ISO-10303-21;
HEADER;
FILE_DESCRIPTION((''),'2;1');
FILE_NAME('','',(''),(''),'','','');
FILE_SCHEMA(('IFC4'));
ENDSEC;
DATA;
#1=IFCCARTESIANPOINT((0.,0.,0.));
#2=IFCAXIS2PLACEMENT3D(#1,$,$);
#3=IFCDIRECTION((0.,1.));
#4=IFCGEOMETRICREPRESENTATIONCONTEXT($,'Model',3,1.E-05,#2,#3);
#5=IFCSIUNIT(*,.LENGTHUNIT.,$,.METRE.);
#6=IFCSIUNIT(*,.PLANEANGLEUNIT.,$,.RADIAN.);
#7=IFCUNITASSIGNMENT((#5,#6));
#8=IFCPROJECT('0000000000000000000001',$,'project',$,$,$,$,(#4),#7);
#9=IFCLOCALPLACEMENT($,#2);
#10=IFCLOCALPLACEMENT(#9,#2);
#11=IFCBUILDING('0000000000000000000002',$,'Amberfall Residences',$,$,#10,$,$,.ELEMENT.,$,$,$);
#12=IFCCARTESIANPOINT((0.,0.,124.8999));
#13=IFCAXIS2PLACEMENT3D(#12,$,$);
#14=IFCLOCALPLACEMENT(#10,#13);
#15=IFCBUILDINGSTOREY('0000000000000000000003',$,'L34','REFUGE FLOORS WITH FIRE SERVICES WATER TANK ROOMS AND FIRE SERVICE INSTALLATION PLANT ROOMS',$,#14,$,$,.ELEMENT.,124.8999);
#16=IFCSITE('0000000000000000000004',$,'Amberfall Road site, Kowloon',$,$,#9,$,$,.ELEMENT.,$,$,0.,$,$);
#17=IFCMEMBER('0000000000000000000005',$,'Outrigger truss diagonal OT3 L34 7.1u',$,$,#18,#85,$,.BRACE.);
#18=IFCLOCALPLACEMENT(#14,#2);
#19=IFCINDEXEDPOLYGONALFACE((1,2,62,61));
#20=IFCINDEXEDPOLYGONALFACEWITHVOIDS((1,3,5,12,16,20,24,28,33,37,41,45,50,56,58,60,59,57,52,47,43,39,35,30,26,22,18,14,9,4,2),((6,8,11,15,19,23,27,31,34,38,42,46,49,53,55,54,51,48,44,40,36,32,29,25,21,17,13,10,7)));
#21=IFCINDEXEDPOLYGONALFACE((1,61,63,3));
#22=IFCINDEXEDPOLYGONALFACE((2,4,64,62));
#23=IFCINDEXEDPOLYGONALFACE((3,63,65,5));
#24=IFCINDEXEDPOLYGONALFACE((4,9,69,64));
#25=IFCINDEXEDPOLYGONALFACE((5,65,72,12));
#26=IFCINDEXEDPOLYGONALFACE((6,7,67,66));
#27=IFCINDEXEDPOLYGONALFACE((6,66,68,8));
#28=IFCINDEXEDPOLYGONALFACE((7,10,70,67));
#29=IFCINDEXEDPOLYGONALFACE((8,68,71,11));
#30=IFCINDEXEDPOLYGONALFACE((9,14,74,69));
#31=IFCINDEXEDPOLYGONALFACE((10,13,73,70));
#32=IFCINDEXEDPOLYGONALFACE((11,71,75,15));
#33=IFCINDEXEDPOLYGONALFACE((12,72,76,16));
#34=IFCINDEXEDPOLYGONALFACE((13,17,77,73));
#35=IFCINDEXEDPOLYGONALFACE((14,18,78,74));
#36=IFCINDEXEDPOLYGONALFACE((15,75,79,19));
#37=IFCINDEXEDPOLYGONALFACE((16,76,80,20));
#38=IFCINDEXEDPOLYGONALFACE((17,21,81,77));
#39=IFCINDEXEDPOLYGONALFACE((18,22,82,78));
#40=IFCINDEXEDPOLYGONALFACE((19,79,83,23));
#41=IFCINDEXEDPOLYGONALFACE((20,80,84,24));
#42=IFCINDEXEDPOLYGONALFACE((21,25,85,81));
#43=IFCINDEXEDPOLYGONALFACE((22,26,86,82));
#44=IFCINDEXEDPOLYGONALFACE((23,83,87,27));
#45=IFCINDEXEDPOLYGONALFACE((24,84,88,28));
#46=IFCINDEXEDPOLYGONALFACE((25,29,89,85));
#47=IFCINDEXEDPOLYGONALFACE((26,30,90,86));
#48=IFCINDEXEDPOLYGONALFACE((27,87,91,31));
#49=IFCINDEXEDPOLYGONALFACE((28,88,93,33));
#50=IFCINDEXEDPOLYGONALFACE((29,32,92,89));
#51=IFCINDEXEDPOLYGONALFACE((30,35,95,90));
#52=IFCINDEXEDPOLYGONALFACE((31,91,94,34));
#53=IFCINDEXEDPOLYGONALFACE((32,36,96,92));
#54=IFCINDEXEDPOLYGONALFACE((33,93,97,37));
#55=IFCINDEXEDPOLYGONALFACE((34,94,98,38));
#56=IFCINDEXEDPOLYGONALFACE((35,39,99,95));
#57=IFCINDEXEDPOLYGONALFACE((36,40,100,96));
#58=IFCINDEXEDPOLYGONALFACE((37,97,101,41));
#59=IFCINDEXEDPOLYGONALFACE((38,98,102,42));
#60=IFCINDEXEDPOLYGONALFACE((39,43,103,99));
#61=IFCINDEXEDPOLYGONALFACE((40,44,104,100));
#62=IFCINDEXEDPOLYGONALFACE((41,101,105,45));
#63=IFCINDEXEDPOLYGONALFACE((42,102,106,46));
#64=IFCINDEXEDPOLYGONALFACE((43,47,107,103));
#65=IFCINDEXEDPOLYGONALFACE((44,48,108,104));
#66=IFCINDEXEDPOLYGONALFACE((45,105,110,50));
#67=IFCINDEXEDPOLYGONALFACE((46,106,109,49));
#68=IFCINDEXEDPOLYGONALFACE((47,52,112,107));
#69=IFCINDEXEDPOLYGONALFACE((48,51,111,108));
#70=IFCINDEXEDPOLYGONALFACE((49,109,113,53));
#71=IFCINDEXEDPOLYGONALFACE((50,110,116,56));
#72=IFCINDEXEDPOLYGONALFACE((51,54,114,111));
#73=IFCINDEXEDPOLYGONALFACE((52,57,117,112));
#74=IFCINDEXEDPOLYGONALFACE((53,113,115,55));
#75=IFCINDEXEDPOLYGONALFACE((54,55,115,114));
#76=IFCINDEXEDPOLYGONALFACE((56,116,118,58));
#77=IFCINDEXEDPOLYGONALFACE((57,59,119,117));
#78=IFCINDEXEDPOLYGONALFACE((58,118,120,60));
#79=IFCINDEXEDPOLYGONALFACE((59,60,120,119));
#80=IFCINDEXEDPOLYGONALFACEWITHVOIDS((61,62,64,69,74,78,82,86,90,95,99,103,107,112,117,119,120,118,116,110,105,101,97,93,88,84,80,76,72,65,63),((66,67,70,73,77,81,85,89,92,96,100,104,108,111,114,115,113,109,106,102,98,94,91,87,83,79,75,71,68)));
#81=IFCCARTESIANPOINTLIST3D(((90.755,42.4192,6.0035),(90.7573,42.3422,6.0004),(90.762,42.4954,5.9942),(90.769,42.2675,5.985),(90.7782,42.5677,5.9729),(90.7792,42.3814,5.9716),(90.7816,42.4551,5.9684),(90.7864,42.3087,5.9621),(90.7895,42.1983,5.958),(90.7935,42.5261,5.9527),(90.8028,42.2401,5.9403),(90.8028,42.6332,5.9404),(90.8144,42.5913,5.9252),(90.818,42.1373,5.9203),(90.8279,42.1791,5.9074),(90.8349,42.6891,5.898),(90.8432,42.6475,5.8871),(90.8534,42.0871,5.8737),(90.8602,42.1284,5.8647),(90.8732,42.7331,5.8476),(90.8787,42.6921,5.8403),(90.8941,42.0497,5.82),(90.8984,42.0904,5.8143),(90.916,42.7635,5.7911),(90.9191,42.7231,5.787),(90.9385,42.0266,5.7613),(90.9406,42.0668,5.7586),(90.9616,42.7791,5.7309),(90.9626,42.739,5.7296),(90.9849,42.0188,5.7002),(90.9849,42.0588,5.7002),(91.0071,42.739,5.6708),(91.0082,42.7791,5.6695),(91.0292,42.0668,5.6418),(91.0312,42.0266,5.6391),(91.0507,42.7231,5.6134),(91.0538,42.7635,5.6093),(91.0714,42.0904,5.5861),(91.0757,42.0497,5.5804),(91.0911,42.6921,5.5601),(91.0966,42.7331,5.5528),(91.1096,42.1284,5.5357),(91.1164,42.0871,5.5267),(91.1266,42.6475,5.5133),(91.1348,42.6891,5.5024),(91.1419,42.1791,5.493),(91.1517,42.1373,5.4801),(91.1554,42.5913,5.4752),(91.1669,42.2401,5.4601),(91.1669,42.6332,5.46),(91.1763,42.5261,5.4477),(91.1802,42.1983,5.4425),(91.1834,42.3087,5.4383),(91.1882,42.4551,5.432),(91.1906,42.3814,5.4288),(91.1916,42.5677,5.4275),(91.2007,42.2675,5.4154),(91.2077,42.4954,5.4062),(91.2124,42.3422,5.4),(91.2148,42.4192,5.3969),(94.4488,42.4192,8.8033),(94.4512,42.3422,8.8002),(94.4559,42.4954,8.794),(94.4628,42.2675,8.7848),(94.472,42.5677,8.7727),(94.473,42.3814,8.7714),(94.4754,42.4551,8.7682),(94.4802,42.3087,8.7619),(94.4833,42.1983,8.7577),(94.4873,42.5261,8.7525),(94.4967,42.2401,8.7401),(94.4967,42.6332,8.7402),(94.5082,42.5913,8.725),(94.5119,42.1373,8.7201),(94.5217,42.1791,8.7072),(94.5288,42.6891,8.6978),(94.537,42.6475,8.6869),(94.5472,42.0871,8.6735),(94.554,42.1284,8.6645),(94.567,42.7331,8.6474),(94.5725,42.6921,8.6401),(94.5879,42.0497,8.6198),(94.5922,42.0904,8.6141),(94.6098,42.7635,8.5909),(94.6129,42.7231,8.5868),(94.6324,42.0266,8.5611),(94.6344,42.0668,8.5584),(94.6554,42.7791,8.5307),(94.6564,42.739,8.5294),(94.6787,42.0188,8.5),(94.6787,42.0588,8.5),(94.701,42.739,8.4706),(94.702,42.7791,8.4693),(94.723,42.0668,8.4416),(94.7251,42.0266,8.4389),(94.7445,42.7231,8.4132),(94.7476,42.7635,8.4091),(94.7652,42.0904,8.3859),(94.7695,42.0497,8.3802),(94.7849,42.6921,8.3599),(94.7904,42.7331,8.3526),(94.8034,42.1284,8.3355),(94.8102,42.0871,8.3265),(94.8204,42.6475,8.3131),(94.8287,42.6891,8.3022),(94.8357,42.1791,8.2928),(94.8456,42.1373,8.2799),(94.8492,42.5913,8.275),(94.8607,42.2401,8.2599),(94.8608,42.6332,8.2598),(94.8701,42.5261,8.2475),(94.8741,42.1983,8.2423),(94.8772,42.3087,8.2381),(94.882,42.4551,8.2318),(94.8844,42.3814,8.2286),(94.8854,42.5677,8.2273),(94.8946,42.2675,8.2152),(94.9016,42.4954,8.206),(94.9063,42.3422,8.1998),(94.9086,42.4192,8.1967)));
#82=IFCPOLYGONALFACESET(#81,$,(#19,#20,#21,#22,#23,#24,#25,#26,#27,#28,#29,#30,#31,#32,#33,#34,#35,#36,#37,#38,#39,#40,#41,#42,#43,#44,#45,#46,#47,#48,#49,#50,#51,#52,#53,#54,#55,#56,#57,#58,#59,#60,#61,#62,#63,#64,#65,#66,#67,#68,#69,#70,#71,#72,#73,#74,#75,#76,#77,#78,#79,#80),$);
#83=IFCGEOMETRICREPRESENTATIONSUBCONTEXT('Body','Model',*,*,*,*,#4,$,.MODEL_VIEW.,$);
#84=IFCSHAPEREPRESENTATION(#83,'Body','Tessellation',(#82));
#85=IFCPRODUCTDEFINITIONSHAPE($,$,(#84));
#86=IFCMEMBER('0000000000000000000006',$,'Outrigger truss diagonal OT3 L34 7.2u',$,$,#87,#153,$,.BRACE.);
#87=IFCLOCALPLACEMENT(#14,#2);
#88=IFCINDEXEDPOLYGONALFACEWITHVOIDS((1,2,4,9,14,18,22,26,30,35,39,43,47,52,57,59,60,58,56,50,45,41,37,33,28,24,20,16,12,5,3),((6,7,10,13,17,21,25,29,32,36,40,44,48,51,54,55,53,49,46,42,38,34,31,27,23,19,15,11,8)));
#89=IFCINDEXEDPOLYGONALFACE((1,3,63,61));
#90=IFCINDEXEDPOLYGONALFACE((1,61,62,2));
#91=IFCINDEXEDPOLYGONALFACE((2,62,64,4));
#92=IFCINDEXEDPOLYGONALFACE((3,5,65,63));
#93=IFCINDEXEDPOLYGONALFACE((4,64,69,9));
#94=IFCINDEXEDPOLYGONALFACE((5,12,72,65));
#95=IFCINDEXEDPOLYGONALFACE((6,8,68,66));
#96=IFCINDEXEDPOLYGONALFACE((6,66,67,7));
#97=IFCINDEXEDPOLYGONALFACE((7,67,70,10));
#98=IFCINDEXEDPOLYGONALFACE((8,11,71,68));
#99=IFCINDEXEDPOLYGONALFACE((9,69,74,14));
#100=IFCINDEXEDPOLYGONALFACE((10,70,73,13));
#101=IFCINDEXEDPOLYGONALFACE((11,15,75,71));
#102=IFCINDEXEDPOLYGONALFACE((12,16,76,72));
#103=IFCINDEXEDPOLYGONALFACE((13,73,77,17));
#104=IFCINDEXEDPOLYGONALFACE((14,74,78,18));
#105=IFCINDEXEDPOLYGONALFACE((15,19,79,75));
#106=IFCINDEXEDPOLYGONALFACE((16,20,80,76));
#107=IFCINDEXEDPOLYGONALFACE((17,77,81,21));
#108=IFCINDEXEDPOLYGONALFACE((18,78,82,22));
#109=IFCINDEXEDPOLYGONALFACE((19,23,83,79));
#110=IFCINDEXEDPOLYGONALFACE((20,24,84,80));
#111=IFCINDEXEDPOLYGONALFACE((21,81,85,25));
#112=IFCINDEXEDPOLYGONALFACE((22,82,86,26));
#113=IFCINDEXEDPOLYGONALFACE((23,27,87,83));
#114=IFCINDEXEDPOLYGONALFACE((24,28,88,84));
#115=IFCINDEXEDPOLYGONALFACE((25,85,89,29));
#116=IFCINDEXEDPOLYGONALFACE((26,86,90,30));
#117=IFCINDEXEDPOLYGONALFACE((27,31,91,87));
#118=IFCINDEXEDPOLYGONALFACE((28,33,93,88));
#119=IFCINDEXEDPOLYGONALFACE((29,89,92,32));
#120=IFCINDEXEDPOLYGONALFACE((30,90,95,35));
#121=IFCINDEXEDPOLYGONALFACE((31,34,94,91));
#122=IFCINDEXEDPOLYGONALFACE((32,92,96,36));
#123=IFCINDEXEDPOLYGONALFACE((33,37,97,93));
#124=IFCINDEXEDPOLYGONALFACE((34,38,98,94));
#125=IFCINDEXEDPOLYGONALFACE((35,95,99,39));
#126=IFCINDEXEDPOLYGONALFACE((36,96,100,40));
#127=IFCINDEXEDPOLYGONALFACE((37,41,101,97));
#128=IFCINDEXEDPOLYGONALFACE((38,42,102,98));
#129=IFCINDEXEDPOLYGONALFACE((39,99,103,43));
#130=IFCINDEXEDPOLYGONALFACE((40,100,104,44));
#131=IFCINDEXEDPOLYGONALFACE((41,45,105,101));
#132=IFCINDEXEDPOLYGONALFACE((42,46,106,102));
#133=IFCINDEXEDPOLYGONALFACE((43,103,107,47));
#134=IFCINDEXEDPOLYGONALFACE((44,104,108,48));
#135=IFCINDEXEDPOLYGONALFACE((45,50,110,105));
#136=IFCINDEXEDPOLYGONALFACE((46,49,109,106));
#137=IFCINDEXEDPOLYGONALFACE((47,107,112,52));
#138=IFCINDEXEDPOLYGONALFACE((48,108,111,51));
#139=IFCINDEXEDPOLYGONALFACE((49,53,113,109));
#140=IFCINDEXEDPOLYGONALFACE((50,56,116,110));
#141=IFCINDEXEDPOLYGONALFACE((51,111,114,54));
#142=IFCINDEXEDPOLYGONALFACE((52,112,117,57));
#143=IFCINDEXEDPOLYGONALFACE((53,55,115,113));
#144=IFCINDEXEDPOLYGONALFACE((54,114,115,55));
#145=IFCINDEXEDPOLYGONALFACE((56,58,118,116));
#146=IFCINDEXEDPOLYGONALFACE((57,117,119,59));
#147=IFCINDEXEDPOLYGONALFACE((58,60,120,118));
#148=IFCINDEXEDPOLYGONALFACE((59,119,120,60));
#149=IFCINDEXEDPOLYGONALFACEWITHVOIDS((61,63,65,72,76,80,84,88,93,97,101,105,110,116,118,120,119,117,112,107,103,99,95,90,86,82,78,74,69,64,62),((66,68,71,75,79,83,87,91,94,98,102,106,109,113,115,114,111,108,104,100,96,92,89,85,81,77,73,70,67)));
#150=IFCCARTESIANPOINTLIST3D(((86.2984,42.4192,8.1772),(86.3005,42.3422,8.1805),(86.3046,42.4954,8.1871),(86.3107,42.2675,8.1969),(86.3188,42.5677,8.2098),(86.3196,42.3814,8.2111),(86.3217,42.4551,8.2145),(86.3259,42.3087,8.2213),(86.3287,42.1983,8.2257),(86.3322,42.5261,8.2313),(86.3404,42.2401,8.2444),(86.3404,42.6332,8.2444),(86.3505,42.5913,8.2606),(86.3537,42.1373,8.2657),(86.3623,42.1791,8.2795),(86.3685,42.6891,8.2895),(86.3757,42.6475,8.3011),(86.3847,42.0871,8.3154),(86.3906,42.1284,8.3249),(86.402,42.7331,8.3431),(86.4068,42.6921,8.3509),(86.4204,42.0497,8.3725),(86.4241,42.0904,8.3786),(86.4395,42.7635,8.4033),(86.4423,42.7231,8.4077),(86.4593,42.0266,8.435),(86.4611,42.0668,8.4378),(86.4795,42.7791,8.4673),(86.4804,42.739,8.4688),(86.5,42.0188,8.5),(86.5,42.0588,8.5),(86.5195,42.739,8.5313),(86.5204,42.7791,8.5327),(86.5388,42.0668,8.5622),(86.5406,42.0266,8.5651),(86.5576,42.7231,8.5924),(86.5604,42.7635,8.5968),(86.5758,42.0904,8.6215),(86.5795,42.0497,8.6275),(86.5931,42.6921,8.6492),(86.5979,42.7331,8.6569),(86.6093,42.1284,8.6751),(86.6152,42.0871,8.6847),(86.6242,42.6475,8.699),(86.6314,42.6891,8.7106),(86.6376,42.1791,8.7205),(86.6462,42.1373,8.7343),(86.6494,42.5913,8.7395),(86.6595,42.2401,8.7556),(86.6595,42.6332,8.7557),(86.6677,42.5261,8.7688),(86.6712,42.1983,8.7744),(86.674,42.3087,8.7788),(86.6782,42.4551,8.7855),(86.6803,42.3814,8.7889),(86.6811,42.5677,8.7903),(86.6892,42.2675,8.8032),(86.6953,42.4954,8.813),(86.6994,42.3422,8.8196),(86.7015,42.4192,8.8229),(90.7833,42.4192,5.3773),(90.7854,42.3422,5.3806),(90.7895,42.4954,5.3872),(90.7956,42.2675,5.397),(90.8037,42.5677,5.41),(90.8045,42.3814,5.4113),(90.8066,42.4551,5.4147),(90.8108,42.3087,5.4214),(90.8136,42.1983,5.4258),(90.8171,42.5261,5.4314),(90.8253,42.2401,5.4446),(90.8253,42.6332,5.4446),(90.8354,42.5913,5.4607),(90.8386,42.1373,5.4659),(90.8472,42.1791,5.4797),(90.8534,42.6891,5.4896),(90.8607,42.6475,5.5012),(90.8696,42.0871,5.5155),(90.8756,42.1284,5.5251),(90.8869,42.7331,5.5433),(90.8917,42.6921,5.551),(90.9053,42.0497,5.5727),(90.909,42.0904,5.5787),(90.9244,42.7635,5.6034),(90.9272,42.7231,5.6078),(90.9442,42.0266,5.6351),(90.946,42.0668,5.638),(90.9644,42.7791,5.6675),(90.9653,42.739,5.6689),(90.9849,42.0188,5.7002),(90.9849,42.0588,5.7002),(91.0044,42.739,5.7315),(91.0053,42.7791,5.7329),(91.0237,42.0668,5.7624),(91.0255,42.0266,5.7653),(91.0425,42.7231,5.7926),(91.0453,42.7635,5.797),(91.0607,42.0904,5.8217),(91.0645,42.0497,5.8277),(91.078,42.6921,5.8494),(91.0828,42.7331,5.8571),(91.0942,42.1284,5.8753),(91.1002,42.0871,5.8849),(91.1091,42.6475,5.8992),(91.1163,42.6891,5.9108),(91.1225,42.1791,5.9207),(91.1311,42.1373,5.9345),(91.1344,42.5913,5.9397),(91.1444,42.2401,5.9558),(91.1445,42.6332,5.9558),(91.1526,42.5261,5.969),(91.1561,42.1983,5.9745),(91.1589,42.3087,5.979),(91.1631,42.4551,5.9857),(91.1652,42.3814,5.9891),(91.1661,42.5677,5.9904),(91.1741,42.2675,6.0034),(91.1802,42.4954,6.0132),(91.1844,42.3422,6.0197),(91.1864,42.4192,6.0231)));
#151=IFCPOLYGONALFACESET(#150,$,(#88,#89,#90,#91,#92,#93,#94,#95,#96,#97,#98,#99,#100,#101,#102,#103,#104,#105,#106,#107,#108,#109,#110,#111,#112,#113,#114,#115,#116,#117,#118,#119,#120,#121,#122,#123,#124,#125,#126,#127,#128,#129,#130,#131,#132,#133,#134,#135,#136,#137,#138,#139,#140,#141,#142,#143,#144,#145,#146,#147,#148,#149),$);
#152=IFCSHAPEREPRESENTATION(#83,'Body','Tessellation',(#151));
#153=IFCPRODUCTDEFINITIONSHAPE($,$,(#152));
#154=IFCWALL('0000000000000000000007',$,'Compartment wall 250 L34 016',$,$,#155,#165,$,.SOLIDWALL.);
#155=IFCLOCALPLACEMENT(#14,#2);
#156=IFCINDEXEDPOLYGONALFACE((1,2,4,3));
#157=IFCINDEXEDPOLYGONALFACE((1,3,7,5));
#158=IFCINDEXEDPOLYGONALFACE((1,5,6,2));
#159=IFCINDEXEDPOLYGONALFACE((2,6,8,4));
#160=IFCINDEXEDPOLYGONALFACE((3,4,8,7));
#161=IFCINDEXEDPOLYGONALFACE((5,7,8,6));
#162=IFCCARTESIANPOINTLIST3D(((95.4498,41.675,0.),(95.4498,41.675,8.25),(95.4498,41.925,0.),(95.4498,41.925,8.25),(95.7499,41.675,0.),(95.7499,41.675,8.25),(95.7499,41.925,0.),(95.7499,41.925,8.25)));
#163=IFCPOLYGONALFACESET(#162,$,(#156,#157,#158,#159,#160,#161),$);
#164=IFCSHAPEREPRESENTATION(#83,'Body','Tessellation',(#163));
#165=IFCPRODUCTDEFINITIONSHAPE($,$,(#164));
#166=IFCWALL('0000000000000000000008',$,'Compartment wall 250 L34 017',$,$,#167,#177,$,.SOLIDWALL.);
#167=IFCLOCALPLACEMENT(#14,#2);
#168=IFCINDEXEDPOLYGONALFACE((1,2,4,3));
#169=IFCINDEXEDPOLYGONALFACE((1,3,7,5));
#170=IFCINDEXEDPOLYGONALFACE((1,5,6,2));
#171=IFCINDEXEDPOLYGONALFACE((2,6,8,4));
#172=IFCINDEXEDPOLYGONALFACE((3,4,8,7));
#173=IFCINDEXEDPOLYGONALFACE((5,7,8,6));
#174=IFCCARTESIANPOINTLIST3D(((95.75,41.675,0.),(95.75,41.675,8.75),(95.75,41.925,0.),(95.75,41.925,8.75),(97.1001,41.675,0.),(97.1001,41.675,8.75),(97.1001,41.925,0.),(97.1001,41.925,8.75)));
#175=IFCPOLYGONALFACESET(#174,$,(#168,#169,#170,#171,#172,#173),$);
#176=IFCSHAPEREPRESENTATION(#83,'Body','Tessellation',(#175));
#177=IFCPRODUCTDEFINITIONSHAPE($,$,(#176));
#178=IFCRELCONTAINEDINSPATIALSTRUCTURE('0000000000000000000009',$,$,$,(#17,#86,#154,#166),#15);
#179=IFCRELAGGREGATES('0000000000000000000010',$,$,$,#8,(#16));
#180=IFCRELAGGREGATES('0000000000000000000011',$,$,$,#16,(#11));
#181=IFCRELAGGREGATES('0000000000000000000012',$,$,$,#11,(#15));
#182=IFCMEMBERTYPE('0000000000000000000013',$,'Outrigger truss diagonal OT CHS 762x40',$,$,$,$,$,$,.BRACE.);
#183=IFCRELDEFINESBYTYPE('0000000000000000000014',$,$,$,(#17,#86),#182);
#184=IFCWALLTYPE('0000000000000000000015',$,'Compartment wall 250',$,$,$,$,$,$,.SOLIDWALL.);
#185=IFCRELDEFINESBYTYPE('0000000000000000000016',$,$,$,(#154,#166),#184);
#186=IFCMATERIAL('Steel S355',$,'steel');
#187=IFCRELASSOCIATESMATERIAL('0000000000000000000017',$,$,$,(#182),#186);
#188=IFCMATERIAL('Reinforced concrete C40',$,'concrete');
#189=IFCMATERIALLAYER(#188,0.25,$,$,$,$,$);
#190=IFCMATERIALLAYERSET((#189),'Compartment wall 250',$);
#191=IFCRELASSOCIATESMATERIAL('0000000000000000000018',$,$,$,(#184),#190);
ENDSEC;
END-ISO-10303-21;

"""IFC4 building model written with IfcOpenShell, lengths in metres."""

from ifc_helpers import new_model, si_unit, direction, frame, frame_2d, origin, origin_2d, place, context, subcontext, project, spatial, rectangle, hollow_circle, extrude, material, layer, layer_set, material_profile, profile_set, type_object, element, save


model = new_model("IFC4")

# Units and contexts
model_context = context("Model", 3, precision=1e-05, world=origin(), true_north=direction((0.0, 1.0)))
body_context = subcontext(model_context, "Body", "Model", "MODEL_VIEW")
ifc_project = project(units=[si_unit("LENGTHUNIT", "METRE"), si_unit("PLANEANGLEUNIT", "RADIAN")], contexts=[model_context])

# Site, building, storey
site_placement = place(None, origin())
site = spatial("IfcSite", under=ifc_project, at=site_placement, Name="Amberfall Road site, Kowloon", CompositionType="ELEMENT", RefElevation=0.0)
building_placement = place(site_placement, origin())
building = spatial("IfcBuilding", under=site, at=building_placement, Name="Amberfall Residences", CompositionType="ELEMENT")
storey_placement = place(building_placement, frame((0.0, 0.0, 124.8999)))
storey = spatial("IfcBuildingStorey", under=building, at=storey_placement, Name="L34", Description="REFUGE FLOORS WITH FIRE SERVICES WATER TANK ROOMS AND FIRE SERVICE INSTALLATION PLANT ROOMS", CompositionType="ELEMENT", Elevation=124.8999)

# Shared definitions
ifc_material_1 = material(Name="Steel S355", Category="steel")

# Members
ifc_material_profile_1 = material_profile(ifc_material_1, hollow_circle(Radius=0.3811, WallThickness=0.04, at=origin_2d()), Name="CHS 762x40")
ifc_profile_set_1 = profile_set([ifc_material_profile_1], Name="Steel S355")
member_type_1 = type_object("IfcMemberType", Name="Outrigger truss diagonal OT CHS 762x40", PredefinedType="BRACE", material=ifc_profile_set_1)
member_1_placement = place(storey_placement, frame((94.6787, 42.3999, 8.5), z_axis=(-0.796943, 0.0, -0.604054), x_axis=(0.0, -1.0, 0.0)))
element("IfcMember", 1, at=member_1_placement, inside=storey, type_object=member_type_1, Name="Outrigger truss diagonal OT3 L34 7.1u", PredefinedType="BRACE", context=body_context, shape_type="SweptSolid", body=[
    extrude(hollow_circle(Radius=0.3811, WallThickness=0.04, at=origin_2d()), origin(), (0.0, 0.0, 1.0), 4.635),
])
member_2_placement = place(storey_placement, frame((90.9849, 42.3999, 5.7002), z_axis=(-0.848273, 0.0, 0.529559), x_axis=(0.0, -1.0, 0.0)))
element("IfcMember", 2, at=member_2_placement, inside=storey, type_object=member_type_1, Name="Outrigger truss diagonal OT3 L34 7.2u", PredefinedType="BRACE", context=body_context, shape_type="SweptSolid", body=[
    extrude(hollow_circle(Radius=0.3811, WallThickness=0.04, at=origin_2d()), origin(), (0.0, 0.0, 1.0), 5.2871),
])

# Walls
ifc_material_2 = material(Name="Reinforced concrete C40", Category="concrete")
ifc_layer = layer(ifc_material_2, 0.25)
ifc_layer_set = layer_set([ifc_layer], Name="Compartment wall 250")
wall_type = type_object("IfcWallType", Name="Compartment wall 250", PredefinedType="SOLIDWALL", material=ifc_layer_set)
wall_1_placement = place(storey_placement, frame((95.45, 41.8, 0.0), z_axis=(0.0, 0.0, 1.0), x_axis=(1.0, 0.0, 0.0)))
element("IfcWall", 3, at=wall_1_placement, inside=storey, type_object=wall_type, Name="Compartment wall 250 L34 016", PredefinedType="SOLIDWALL", context=body_context, shape_type="SweptSolid", body=[
    extrude(rectangle(XDim=0.3, YDim=0.25, at=frame_2d((0.1499, 0.0))), origin(), (0.0, 0.0, 1.0), 8.25),
])
wall_2_placement = place(storey_placement, frame((95.75, 41.8, 0.0), z_axis=(0.0, 0.0, 1.0), x_axis=(1.0, 0.0, 0.0)))
element("IfcWall", 4, at=wall_2_placement, inside=storey, type_object=wall_type, Name="Compartment wall 250 L34 017", PredefinedType="SOLIDWALL", context=body_context, shape_type="SweptSolid", body=[
    extrude(rectangle(XDim=1.3501, YDim=0.25, at=frame_2d((0.675, 0.0))), origin(), (0.0, 0.0, 1.0), 8.75),
])

save(model, "model.ifc")
